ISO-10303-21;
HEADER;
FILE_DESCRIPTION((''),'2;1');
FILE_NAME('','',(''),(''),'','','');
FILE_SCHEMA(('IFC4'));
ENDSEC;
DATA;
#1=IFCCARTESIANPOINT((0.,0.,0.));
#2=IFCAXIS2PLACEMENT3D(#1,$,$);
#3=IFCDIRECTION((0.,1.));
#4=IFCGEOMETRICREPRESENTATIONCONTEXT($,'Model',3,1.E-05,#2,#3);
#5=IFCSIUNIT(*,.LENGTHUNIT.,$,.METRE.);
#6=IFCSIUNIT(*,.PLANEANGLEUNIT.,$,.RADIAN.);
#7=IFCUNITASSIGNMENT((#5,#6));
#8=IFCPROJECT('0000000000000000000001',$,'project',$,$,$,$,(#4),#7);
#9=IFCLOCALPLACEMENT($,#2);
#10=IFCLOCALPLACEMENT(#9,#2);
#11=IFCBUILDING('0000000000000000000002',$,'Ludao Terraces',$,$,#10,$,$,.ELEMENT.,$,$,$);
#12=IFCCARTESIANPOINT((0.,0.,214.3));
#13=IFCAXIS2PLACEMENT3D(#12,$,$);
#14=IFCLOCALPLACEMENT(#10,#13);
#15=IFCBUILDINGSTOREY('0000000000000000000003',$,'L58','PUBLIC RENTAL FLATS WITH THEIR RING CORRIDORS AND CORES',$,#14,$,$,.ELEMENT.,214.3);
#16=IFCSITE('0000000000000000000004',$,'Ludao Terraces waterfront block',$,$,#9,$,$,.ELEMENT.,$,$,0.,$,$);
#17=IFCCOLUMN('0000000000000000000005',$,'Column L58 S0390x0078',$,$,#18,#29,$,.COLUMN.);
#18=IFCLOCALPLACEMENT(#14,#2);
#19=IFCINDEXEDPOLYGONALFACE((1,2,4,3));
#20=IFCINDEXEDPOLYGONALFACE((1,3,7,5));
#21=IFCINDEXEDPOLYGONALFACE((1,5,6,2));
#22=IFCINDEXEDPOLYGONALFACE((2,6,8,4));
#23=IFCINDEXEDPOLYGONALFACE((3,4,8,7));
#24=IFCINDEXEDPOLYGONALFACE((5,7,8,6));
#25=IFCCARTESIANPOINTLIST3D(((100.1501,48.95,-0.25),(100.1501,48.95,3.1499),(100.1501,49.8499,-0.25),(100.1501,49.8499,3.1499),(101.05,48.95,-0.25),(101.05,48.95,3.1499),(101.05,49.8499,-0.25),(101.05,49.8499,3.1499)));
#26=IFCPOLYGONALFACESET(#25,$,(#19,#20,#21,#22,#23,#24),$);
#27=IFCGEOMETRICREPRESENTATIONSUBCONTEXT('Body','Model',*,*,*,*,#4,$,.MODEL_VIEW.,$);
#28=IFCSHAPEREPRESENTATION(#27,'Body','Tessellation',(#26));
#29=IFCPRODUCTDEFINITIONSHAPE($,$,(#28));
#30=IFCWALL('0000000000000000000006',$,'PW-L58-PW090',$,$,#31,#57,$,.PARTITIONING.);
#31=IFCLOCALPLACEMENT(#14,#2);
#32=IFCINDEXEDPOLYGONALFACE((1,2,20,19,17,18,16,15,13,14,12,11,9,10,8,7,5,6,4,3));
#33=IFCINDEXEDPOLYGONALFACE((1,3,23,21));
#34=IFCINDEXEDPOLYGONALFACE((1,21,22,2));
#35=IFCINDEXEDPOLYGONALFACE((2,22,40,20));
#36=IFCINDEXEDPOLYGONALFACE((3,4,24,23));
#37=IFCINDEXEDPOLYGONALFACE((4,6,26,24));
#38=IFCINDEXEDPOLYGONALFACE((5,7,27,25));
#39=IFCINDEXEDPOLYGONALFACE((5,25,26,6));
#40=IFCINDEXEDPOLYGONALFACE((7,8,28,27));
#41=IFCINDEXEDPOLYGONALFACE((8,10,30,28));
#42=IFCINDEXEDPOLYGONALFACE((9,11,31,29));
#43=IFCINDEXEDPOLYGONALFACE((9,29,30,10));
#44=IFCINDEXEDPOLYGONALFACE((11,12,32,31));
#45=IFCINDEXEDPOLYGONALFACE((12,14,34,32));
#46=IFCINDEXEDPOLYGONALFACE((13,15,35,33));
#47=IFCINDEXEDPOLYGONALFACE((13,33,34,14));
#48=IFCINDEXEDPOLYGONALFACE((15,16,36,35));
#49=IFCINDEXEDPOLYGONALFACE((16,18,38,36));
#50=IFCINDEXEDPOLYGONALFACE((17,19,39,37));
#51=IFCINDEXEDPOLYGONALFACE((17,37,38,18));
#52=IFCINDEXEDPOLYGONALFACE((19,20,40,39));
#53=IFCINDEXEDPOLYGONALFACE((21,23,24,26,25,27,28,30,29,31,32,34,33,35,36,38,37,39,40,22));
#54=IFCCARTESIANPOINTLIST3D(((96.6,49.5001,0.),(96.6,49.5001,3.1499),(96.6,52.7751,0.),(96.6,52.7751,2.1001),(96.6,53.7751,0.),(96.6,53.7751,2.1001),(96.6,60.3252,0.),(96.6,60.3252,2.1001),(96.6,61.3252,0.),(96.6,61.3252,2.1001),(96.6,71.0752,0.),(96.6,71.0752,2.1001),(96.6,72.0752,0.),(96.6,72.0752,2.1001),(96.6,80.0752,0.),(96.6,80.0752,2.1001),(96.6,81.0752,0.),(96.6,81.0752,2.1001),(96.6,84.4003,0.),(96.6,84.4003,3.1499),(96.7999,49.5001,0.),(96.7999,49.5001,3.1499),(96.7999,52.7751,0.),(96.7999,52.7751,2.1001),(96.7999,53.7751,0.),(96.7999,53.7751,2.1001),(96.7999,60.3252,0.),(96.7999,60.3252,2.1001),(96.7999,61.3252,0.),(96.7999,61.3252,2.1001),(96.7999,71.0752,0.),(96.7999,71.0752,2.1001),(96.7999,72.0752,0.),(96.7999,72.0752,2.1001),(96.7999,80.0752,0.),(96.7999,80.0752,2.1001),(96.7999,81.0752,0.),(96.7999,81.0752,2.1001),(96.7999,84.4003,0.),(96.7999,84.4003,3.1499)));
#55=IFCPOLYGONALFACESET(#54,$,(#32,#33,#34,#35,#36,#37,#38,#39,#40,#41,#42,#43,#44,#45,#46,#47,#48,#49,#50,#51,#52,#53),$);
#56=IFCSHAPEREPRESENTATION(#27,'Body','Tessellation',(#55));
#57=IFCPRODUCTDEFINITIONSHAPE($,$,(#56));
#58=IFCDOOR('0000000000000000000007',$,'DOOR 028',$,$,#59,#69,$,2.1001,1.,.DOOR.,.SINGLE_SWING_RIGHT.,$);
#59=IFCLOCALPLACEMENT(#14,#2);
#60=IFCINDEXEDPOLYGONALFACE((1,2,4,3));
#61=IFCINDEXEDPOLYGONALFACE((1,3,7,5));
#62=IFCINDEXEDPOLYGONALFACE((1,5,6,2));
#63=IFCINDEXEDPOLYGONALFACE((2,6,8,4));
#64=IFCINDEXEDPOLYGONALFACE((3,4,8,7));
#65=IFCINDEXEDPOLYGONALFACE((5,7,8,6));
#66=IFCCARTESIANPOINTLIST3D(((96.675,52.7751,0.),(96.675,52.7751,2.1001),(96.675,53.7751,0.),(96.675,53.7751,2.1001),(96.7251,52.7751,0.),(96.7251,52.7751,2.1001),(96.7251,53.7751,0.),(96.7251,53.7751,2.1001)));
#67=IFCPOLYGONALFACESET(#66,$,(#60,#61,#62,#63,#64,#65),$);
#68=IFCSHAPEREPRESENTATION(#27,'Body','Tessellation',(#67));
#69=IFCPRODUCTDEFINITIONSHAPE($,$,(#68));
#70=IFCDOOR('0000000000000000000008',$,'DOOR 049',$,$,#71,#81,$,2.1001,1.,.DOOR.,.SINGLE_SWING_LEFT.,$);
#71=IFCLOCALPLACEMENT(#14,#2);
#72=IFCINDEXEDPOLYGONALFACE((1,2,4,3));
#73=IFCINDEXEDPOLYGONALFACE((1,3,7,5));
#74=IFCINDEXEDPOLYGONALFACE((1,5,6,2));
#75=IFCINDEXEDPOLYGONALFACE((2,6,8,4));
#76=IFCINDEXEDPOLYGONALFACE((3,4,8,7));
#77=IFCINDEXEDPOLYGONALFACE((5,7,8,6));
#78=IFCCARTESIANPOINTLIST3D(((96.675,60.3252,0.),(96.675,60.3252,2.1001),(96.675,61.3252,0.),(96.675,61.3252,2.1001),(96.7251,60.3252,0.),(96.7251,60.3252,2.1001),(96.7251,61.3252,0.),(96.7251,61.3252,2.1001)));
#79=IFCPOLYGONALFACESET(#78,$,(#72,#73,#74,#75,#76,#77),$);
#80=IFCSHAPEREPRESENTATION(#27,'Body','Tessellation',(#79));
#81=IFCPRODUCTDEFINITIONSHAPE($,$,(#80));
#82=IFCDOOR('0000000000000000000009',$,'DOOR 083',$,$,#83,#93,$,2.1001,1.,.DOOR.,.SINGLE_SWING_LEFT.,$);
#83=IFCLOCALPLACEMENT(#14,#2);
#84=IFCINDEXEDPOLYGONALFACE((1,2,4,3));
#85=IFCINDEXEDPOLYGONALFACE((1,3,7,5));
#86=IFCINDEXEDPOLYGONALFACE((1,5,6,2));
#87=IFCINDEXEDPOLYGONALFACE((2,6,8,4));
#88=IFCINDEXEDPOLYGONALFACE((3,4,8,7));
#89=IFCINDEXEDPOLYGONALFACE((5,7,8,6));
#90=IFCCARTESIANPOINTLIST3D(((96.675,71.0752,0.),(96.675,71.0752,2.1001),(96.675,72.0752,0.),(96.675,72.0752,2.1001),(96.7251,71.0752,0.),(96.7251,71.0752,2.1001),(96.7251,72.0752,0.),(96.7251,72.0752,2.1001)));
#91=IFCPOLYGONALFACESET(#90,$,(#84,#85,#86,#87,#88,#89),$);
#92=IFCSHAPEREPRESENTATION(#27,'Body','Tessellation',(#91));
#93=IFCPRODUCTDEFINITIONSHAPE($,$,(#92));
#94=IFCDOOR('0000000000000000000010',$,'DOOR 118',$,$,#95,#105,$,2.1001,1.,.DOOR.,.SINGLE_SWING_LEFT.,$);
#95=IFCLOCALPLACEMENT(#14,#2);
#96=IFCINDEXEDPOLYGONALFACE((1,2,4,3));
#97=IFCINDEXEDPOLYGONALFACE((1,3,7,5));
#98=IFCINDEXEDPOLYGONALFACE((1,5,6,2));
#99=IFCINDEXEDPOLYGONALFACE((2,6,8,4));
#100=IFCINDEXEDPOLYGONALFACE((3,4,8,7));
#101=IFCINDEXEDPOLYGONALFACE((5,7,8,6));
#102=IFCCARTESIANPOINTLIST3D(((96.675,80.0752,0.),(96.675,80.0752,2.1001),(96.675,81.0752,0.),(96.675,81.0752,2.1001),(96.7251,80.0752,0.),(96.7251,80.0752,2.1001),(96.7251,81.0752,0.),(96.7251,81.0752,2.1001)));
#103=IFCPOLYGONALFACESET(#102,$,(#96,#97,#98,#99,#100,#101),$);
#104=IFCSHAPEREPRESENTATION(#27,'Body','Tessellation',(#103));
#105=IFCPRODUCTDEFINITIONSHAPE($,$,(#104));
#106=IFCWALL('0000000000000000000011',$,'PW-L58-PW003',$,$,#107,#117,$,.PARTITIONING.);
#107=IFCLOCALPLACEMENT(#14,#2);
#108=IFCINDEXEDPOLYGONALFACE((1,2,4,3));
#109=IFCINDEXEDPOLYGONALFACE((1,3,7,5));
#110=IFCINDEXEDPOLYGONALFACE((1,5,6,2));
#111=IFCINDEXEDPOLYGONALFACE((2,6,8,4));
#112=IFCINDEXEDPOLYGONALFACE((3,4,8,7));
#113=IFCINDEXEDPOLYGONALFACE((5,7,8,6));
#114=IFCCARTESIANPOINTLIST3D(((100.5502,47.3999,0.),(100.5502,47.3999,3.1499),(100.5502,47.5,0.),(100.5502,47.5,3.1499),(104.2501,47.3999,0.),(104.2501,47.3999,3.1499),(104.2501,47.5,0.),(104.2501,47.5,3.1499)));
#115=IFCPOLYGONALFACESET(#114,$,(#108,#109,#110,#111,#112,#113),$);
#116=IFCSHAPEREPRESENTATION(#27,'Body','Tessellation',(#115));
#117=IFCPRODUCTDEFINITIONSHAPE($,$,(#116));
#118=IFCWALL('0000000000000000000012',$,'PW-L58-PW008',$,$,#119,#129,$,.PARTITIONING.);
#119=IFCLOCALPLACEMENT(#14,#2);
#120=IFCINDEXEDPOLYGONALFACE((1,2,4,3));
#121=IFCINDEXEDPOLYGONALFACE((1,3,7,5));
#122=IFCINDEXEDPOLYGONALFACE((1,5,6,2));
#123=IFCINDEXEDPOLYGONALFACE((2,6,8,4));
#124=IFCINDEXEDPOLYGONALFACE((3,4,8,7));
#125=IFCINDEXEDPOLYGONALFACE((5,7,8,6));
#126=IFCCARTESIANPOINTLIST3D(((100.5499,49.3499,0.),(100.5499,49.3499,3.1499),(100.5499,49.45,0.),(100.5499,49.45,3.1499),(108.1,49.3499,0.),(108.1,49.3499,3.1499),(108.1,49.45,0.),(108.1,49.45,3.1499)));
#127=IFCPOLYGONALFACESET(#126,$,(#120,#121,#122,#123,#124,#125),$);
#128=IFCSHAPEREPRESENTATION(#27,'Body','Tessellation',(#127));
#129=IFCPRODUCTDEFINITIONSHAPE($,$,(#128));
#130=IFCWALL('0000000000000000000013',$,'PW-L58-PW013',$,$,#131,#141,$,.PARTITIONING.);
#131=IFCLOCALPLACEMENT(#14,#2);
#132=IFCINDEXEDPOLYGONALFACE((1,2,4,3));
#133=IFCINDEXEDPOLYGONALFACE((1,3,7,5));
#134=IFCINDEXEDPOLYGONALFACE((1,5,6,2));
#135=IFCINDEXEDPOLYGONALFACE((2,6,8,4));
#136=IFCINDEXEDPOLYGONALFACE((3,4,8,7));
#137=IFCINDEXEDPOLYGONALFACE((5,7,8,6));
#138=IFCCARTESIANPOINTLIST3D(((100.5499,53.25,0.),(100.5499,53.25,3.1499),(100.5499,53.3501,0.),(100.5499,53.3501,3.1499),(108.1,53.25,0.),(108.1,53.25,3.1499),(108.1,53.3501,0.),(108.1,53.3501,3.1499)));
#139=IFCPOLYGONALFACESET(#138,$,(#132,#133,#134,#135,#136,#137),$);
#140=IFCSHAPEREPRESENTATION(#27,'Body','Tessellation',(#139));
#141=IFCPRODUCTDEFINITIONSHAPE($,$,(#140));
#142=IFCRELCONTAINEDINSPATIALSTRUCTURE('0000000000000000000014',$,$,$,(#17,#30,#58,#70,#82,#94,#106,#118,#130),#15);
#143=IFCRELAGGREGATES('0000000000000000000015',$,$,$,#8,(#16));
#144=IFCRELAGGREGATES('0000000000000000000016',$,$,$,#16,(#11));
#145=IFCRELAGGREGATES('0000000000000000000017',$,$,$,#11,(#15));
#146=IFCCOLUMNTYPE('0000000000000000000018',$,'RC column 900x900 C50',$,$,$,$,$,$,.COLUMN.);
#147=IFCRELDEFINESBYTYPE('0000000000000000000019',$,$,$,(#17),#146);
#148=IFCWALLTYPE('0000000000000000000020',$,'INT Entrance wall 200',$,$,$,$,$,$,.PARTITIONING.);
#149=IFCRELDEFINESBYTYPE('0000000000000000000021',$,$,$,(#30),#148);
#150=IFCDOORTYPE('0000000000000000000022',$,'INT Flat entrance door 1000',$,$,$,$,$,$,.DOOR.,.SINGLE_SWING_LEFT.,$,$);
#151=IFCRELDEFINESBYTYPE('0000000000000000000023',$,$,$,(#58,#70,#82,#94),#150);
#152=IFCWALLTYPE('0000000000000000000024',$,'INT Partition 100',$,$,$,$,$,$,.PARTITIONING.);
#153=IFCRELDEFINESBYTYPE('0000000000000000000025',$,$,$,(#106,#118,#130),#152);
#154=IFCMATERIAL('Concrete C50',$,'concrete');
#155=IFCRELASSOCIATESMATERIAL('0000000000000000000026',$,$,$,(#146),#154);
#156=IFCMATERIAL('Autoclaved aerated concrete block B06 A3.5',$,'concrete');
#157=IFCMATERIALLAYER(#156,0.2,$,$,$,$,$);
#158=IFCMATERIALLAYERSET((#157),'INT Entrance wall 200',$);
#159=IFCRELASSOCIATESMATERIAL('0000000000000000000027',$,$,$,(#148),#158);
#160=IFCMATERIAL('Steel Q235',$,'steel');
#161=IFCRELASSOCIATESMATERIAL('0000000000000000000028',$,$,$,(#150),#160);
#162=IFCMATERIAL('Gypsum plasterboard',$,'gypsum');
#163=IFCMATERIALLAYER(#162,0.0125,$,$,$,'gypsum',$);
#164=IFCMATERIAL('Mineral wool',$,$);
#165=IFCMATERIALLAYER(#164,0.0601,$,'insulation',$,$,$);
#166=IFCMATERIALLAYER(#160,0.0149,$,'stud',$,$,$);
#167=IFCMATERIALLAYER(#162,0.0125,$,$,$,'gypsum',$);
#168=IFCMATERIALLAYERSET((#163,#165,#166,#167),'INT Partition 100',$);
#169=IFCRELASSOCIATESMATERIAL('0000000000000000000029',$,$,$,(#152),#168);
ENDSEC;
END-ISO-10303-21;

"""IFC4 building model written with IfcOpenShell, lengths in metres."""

from ifc_helpers import new_model, si_unit, direction, frame, frame_2d, origin, origin_2d, place, context, subcontext, project, spatial, rectangle, extrude, material, layer, layer_set, material_profile, profile_set, type_object, element, fill, save


model = new_model("IFC4")

# Units and contexts
model_context = context("Model", 3, precision=1e-05, world=origin(), true_north=direction((0.0, 1.0)))
body_context = subcontext(model_context, "Body", "Model", "MODEL_VIEW")
ifc_project = project(units=[si_unit("LENGTHUNIT", "METRE"), si_unit("PLANEANGLEUNIT", "RADIAN")], contexts=[model_context])

# Site, building, storey
site_placement = place(None, origin())
site = spatial("IfcSite", under=ifc_project, at=site_placement, Name="Ludao Terraces waterfront block", CompositionType="ELEMENT", RefElevation=0.0)
building_placement = place(site_placement, origin())
building = spatial("IfcBuilding", under=site, at=building_placement, Name="Ludao Terraces", CompositionType="ELEMENT")
storey_placement = place(building_placement, frame((0.0, 0.0, 214.3)))
storey = spatial("IfcBuildingStorey", under=building, at=storey_placement, Name="L58", Description="PUBLIC RENTAL FLATS WITH THEIR RING CORRIDORS AND CORES", CompositionType="ELEMENT", Elevation=214.3)

# Column
ifc_material_1 = material(Name="Concrete C50", Category="concrete")
ifc_material_profile = material_profile(ifc_material_1, rectangle(XDim=0.8999, YDim=0.8999, at=origin_2d()), Name="900 X 900")
ifc_profile_set = profile_set([ifc_material_profile], Name="Concrete C50")
column_type = type_object("IfcColumnType", Name="RC column 900x900 C50", PredefinedType="COLUMN", material=ifc_profile_set)
column_placement = place(storey_placement, frame((100.6001, 49.3999, -0.25), z_axis=(0.0, 0.0, 1.0), x_axis=(1.0, 0.0, 0.0)))
element("IfcColumn", 1, at=column_placement, inside=storey, type_object=column_type, Name="Column L58 S0390x0078", PredefinedType="COLUMN", context=body_context, shape_type="SweptSolid", body=[
    extrude(rectangle(XDim=0.8999, YDim=0.8999, at=origin_2d()), origin(), (0.0, 0.0, 1.0), 3.3999),
])

# Wall, openings, doors
ifc_material_2 = material(Name="Autoclaved aerated concrete block B06 A3.5", Category="concrete")
ifc_layer_1 = layer(ifc_material_2, 0.2)
ifc_layer_set_1 = layer_set([ifc_layer_1], Name="INT Entrance wall 200")
wall_type_1 = type_object("IfcWallType", Name="INT Entrance wall 200", PredefinedType="PARTITIONING", material=ifc_layer_set_1)
wall_1_placement = place(storey_placement, frame((96.7, 49.5, 0.0), z_axis=(0.0, 0.0, 1.0), x_axis=(0.0, 1.0, 0.0)))
wall_1 = element("IfcWall", 2, at=wall_1_placement, inside=storey, type_object=wall_type_1, Name="PW-L58-PW090", PredefinedType="PARTITIONING", context=body_context, shape_type="SweptSolid", body=[
    extrude(rectangle(XDim=34.9001, YDim=0.2, at=frame_2d((17.4502, 0.0))), origin(), (0.0, 0.0, 1.0), 3.1499),
])
opening_1_placement = place(wall_1_placement, frame((3.2751, 0.0, 0.0)))
opening_1 = element("IfcOpeningElement", 3, at=opening_1_placement, cuts=wall_1, PredefinedType="OPENING", context=body_context, shape_type="SweptSolid", body=[
    extrude(rectangle(XDim=1.0, YDim=2.1001, at=frame_2d((0.5, 1.05))), frame((0.0, 0.1099, 0.0), z_axis=(0.0, -1.0, 0.0), x_axis=(1.0, 0.0, 0.0)), (0.0, 0.0, 1.0), 0.22),
])
opening_2_placement = place(wall_1_placement, frame((10.8252, 0.0, 0.0)))
opening_2 = element("IfcOpeningElement", 4, at=opening_2_placement, cuts=wall_1, PredefinedType="OPENING", context=body_context, shape_type="SweptSolid", body=[
    extrude(rectangle(XDim=1.0, YDim=2.1001, at=frame_2d((0.5, 1.05))), frame((0.0, 0.1099, 0.0), z_axis=(0.0, -1.0, 0.0), x_axis=(1.0, 0.0, 0.0)), (0.0, 0.0, 1.0), 0.22),
])
opening_3_placement = place(wall_1_placement, frame((21.5752, 0.0, 0.0)))
opening_3 = element("IfcOpeningElement", 5, at=opening_3_placement, cuts=wall_1, PredefinedType="OPENING", context=body_context, shape_type="SweptSolid", body=[
    extrude(rectangle(XDim=1.0, YDim=2.1001, at=frame_2d((0.5, 1.05))), frame((0.0, 0.1099, 0.0), z_axis=(0.0, -1.0, 0.0), x_axis=(1.0, 0.0, 0.0)), (0.0, 0.0, 1.0), 0.22),
])
opening_4_placement = place(wall_1_placement, frame((30.5752, 0.0, 0.0)))
opening_4 = element("IfcOpeningElement", 6, at=opening_4_placement, cuts=wall_1, PredefinedType="OPENING", context=body_context, shape_type="SweptSolid", body=[
    extrude(rectangle(XDim=1.0, YDim=2.1001, at=frame_2d((0.5, 1.05))), frame((0.0, 0.1099, 0.0), z_axis=(0.0, -1.0, 0.0), x_axis=(1.0, 0.0, 0.0)), (0.0, 0.0, 1.0), 0.22),
])
ifc_material_3 = material(Name="Steel Q235", Category="steel")
door_type = type_object("IfcDoorType", Name="INT Flat entrance door 1000", OperationType="SINGLE_SWING_LEFT", PredefinedType="DOOR", material=ifc_material_3)
door_1_placement = place(opening_1_placement, origin())
door_1 = element("IfcDoor", 7, at=door_1_placement, inside=storey, type_object=door_type, Name="DOOR 028", OperationType="SINGLE_SWING_RIGHT", OverallHeight=2.1001, OverallWidth=1.0, PredefinedType="DOOR", context=body_context, shape_type="SweptSolid", body=[
    extrude(rectangle(XDim=1.0, YDim=2.1001, at=frame_2d((0.5, 1.05))), frame((0.0, 0.0249, 0.0), z_axis=(0.0, -1.0, 0.0), x_axis=(1.0, 0.0, 0.0)), (0.0, 0.0, 1.0), 0.05),
])
fill(opening_1, door_1)
door_2_placement = place(opening_2_placement, origin())
door_2 = element("IfcDoor", 8, at=door_2_placement, inside=storey, type_object=door_type, Name="DOOR 049", OperationType="SINGLE_SWING_LEFT", OverallHeight=2.1001, OverallWidth=1.0, PredefinedType="DOOR", context=body_context, shape_type="SweptSolid", body=[
    extrude(rectangle(XDim=1.0, YDim=2.1001, at=frame_2d((0.5, 1.05))), frame((0.0, 0.0249, 0.0), z_axis=(0.0, -1.0, 0.0), x_axis=(1.0, 0.0, 0.0)), (0.0, 0.0, 1.0), 0.05),
])
fill(opening_2, door_2)
door_3_placement = place(opening_3_placement, origin())
door_3 = element("IfcDoor", 9, at=door_3_placement, inside=storey, type_object=door_type, Name="DOOR 083", OperationType="SINGLE_SWING_LEFT", OverallHeight=2.1001, OverallWidth=1.0, PredefinedType="DOOR", context=body_context, shape_type="SweptSolid", body=[
    extrude(rectangle(XDim=1.0, YDim=2.1001, at=frame_2d((0.5, 1.05))), frame((0.0, 0.0249, 0.0), z_axis=(0.0, -1.0, 0.0), x_axis=(1.0, 0.0, 0.0)), (0.0, 0.0, 1.0), 0.05),
])
fill(opening_3, door_3)
door_4_placement = place(opening_4_placement, origin())
door_4 = element("IfcDoor", 10, at=door_4_placement, inside=storey, type_object=door_type, Name="DOOR 118", OperationType="SINGLE_SWING_LEFT", OverallHeight=2.1001, OverallWidth=1.0, PredefinedType="DOOR", context=body_context, shape_type="SweptSolid", body=[
    extrude(rectangle(XDim=1.0, YDim=2.1001, at=frame_2d((0.5, 1.05))), frame((0.0, 0.0249, 0.0), z_axis=(0.0, -1.0, 0.0), x_axis=(1.0, 0.0, 0.0)), (0.0, 0.0, 1.0), 0.05),
])
fill(opening_4, door_4)

# Walls
ifc_material_4 = material(Name="Gypsum plasterboard", Category="gypsum")
ifc_layer_2 = layer(ifc_material_4, 0.0125, Category="gypsum")
ifc_material_5 = material(Name="Mineral wool")
ifc_layer_3 = layer(ifc_material_5, 0.0601, Name="insulation")
ifc_layer_4 = layer(ifc_material_3, 0.0149, Name="stud")
ifc_layer_5 = layer(ifc_material_4, 0.0125, Category="gypsum")
ifc_layer_set_2 = layer_set([ifc_layer_2, ifc_layer_3, ifc_layer_4, ifc_layer_5], Name="INT Partition 100")
wall_type_2 = type_object("IfcWallType", Name="INT Partition 100", PredefinedType="PARTITIONING", material=ifc_layer_set_2)
wall_2_placement = place(storey_placement, frame((100.55, 47.45, 0.0), z_axis=(0.0, 0.0, 1.0), x_axis=(1.0, 0.0, 0.0)))
element("IfcWall", 11, at=wall_2_placement, inside=storey, type_object=wall_type_2, Name="PW-L58-PW003", PredefinedType="PARTITIONING", context=body_context, shape_type="SweptSolid", body=[
    extrude(rectangle(XDim=3.7, YDim=0.1001, at=frame_2d((1.8501, 0.0))), origin(), (0.0, 0.0, 1.0), 3.1499),
])
for number, where, z_axis, x_axis, name in (
    (12, (100.55, 49.3999, 0.0), (0.0, 0.0, 1.0), (1.0, 0.0, 0.0), "PW-L58-PW008"),
    (13, (100.55, 53.3, 0.0), (0.0, 0.0, 1.0), (1.0, 0.0, 0.0), "PW-L58-PW013"),
):
    element("IfcWall", number, at=place(storey_placement, frame(where, z_axis=z_axis, x_axis=x_axis)), inside=storey, type_object=wall_type_2, Name=name, PredefinedType="PARTITIONING", context=body_context, shape_type="SweptSolid", body=[
        extrude(rectangle(XDim=7.55, YDim=0.1001, at=frame_2d((3.7749, 0.0))), origin(), (0.0, 0.0, 1.0), 3.1499),
    ])

save(model, "model.ifc")
